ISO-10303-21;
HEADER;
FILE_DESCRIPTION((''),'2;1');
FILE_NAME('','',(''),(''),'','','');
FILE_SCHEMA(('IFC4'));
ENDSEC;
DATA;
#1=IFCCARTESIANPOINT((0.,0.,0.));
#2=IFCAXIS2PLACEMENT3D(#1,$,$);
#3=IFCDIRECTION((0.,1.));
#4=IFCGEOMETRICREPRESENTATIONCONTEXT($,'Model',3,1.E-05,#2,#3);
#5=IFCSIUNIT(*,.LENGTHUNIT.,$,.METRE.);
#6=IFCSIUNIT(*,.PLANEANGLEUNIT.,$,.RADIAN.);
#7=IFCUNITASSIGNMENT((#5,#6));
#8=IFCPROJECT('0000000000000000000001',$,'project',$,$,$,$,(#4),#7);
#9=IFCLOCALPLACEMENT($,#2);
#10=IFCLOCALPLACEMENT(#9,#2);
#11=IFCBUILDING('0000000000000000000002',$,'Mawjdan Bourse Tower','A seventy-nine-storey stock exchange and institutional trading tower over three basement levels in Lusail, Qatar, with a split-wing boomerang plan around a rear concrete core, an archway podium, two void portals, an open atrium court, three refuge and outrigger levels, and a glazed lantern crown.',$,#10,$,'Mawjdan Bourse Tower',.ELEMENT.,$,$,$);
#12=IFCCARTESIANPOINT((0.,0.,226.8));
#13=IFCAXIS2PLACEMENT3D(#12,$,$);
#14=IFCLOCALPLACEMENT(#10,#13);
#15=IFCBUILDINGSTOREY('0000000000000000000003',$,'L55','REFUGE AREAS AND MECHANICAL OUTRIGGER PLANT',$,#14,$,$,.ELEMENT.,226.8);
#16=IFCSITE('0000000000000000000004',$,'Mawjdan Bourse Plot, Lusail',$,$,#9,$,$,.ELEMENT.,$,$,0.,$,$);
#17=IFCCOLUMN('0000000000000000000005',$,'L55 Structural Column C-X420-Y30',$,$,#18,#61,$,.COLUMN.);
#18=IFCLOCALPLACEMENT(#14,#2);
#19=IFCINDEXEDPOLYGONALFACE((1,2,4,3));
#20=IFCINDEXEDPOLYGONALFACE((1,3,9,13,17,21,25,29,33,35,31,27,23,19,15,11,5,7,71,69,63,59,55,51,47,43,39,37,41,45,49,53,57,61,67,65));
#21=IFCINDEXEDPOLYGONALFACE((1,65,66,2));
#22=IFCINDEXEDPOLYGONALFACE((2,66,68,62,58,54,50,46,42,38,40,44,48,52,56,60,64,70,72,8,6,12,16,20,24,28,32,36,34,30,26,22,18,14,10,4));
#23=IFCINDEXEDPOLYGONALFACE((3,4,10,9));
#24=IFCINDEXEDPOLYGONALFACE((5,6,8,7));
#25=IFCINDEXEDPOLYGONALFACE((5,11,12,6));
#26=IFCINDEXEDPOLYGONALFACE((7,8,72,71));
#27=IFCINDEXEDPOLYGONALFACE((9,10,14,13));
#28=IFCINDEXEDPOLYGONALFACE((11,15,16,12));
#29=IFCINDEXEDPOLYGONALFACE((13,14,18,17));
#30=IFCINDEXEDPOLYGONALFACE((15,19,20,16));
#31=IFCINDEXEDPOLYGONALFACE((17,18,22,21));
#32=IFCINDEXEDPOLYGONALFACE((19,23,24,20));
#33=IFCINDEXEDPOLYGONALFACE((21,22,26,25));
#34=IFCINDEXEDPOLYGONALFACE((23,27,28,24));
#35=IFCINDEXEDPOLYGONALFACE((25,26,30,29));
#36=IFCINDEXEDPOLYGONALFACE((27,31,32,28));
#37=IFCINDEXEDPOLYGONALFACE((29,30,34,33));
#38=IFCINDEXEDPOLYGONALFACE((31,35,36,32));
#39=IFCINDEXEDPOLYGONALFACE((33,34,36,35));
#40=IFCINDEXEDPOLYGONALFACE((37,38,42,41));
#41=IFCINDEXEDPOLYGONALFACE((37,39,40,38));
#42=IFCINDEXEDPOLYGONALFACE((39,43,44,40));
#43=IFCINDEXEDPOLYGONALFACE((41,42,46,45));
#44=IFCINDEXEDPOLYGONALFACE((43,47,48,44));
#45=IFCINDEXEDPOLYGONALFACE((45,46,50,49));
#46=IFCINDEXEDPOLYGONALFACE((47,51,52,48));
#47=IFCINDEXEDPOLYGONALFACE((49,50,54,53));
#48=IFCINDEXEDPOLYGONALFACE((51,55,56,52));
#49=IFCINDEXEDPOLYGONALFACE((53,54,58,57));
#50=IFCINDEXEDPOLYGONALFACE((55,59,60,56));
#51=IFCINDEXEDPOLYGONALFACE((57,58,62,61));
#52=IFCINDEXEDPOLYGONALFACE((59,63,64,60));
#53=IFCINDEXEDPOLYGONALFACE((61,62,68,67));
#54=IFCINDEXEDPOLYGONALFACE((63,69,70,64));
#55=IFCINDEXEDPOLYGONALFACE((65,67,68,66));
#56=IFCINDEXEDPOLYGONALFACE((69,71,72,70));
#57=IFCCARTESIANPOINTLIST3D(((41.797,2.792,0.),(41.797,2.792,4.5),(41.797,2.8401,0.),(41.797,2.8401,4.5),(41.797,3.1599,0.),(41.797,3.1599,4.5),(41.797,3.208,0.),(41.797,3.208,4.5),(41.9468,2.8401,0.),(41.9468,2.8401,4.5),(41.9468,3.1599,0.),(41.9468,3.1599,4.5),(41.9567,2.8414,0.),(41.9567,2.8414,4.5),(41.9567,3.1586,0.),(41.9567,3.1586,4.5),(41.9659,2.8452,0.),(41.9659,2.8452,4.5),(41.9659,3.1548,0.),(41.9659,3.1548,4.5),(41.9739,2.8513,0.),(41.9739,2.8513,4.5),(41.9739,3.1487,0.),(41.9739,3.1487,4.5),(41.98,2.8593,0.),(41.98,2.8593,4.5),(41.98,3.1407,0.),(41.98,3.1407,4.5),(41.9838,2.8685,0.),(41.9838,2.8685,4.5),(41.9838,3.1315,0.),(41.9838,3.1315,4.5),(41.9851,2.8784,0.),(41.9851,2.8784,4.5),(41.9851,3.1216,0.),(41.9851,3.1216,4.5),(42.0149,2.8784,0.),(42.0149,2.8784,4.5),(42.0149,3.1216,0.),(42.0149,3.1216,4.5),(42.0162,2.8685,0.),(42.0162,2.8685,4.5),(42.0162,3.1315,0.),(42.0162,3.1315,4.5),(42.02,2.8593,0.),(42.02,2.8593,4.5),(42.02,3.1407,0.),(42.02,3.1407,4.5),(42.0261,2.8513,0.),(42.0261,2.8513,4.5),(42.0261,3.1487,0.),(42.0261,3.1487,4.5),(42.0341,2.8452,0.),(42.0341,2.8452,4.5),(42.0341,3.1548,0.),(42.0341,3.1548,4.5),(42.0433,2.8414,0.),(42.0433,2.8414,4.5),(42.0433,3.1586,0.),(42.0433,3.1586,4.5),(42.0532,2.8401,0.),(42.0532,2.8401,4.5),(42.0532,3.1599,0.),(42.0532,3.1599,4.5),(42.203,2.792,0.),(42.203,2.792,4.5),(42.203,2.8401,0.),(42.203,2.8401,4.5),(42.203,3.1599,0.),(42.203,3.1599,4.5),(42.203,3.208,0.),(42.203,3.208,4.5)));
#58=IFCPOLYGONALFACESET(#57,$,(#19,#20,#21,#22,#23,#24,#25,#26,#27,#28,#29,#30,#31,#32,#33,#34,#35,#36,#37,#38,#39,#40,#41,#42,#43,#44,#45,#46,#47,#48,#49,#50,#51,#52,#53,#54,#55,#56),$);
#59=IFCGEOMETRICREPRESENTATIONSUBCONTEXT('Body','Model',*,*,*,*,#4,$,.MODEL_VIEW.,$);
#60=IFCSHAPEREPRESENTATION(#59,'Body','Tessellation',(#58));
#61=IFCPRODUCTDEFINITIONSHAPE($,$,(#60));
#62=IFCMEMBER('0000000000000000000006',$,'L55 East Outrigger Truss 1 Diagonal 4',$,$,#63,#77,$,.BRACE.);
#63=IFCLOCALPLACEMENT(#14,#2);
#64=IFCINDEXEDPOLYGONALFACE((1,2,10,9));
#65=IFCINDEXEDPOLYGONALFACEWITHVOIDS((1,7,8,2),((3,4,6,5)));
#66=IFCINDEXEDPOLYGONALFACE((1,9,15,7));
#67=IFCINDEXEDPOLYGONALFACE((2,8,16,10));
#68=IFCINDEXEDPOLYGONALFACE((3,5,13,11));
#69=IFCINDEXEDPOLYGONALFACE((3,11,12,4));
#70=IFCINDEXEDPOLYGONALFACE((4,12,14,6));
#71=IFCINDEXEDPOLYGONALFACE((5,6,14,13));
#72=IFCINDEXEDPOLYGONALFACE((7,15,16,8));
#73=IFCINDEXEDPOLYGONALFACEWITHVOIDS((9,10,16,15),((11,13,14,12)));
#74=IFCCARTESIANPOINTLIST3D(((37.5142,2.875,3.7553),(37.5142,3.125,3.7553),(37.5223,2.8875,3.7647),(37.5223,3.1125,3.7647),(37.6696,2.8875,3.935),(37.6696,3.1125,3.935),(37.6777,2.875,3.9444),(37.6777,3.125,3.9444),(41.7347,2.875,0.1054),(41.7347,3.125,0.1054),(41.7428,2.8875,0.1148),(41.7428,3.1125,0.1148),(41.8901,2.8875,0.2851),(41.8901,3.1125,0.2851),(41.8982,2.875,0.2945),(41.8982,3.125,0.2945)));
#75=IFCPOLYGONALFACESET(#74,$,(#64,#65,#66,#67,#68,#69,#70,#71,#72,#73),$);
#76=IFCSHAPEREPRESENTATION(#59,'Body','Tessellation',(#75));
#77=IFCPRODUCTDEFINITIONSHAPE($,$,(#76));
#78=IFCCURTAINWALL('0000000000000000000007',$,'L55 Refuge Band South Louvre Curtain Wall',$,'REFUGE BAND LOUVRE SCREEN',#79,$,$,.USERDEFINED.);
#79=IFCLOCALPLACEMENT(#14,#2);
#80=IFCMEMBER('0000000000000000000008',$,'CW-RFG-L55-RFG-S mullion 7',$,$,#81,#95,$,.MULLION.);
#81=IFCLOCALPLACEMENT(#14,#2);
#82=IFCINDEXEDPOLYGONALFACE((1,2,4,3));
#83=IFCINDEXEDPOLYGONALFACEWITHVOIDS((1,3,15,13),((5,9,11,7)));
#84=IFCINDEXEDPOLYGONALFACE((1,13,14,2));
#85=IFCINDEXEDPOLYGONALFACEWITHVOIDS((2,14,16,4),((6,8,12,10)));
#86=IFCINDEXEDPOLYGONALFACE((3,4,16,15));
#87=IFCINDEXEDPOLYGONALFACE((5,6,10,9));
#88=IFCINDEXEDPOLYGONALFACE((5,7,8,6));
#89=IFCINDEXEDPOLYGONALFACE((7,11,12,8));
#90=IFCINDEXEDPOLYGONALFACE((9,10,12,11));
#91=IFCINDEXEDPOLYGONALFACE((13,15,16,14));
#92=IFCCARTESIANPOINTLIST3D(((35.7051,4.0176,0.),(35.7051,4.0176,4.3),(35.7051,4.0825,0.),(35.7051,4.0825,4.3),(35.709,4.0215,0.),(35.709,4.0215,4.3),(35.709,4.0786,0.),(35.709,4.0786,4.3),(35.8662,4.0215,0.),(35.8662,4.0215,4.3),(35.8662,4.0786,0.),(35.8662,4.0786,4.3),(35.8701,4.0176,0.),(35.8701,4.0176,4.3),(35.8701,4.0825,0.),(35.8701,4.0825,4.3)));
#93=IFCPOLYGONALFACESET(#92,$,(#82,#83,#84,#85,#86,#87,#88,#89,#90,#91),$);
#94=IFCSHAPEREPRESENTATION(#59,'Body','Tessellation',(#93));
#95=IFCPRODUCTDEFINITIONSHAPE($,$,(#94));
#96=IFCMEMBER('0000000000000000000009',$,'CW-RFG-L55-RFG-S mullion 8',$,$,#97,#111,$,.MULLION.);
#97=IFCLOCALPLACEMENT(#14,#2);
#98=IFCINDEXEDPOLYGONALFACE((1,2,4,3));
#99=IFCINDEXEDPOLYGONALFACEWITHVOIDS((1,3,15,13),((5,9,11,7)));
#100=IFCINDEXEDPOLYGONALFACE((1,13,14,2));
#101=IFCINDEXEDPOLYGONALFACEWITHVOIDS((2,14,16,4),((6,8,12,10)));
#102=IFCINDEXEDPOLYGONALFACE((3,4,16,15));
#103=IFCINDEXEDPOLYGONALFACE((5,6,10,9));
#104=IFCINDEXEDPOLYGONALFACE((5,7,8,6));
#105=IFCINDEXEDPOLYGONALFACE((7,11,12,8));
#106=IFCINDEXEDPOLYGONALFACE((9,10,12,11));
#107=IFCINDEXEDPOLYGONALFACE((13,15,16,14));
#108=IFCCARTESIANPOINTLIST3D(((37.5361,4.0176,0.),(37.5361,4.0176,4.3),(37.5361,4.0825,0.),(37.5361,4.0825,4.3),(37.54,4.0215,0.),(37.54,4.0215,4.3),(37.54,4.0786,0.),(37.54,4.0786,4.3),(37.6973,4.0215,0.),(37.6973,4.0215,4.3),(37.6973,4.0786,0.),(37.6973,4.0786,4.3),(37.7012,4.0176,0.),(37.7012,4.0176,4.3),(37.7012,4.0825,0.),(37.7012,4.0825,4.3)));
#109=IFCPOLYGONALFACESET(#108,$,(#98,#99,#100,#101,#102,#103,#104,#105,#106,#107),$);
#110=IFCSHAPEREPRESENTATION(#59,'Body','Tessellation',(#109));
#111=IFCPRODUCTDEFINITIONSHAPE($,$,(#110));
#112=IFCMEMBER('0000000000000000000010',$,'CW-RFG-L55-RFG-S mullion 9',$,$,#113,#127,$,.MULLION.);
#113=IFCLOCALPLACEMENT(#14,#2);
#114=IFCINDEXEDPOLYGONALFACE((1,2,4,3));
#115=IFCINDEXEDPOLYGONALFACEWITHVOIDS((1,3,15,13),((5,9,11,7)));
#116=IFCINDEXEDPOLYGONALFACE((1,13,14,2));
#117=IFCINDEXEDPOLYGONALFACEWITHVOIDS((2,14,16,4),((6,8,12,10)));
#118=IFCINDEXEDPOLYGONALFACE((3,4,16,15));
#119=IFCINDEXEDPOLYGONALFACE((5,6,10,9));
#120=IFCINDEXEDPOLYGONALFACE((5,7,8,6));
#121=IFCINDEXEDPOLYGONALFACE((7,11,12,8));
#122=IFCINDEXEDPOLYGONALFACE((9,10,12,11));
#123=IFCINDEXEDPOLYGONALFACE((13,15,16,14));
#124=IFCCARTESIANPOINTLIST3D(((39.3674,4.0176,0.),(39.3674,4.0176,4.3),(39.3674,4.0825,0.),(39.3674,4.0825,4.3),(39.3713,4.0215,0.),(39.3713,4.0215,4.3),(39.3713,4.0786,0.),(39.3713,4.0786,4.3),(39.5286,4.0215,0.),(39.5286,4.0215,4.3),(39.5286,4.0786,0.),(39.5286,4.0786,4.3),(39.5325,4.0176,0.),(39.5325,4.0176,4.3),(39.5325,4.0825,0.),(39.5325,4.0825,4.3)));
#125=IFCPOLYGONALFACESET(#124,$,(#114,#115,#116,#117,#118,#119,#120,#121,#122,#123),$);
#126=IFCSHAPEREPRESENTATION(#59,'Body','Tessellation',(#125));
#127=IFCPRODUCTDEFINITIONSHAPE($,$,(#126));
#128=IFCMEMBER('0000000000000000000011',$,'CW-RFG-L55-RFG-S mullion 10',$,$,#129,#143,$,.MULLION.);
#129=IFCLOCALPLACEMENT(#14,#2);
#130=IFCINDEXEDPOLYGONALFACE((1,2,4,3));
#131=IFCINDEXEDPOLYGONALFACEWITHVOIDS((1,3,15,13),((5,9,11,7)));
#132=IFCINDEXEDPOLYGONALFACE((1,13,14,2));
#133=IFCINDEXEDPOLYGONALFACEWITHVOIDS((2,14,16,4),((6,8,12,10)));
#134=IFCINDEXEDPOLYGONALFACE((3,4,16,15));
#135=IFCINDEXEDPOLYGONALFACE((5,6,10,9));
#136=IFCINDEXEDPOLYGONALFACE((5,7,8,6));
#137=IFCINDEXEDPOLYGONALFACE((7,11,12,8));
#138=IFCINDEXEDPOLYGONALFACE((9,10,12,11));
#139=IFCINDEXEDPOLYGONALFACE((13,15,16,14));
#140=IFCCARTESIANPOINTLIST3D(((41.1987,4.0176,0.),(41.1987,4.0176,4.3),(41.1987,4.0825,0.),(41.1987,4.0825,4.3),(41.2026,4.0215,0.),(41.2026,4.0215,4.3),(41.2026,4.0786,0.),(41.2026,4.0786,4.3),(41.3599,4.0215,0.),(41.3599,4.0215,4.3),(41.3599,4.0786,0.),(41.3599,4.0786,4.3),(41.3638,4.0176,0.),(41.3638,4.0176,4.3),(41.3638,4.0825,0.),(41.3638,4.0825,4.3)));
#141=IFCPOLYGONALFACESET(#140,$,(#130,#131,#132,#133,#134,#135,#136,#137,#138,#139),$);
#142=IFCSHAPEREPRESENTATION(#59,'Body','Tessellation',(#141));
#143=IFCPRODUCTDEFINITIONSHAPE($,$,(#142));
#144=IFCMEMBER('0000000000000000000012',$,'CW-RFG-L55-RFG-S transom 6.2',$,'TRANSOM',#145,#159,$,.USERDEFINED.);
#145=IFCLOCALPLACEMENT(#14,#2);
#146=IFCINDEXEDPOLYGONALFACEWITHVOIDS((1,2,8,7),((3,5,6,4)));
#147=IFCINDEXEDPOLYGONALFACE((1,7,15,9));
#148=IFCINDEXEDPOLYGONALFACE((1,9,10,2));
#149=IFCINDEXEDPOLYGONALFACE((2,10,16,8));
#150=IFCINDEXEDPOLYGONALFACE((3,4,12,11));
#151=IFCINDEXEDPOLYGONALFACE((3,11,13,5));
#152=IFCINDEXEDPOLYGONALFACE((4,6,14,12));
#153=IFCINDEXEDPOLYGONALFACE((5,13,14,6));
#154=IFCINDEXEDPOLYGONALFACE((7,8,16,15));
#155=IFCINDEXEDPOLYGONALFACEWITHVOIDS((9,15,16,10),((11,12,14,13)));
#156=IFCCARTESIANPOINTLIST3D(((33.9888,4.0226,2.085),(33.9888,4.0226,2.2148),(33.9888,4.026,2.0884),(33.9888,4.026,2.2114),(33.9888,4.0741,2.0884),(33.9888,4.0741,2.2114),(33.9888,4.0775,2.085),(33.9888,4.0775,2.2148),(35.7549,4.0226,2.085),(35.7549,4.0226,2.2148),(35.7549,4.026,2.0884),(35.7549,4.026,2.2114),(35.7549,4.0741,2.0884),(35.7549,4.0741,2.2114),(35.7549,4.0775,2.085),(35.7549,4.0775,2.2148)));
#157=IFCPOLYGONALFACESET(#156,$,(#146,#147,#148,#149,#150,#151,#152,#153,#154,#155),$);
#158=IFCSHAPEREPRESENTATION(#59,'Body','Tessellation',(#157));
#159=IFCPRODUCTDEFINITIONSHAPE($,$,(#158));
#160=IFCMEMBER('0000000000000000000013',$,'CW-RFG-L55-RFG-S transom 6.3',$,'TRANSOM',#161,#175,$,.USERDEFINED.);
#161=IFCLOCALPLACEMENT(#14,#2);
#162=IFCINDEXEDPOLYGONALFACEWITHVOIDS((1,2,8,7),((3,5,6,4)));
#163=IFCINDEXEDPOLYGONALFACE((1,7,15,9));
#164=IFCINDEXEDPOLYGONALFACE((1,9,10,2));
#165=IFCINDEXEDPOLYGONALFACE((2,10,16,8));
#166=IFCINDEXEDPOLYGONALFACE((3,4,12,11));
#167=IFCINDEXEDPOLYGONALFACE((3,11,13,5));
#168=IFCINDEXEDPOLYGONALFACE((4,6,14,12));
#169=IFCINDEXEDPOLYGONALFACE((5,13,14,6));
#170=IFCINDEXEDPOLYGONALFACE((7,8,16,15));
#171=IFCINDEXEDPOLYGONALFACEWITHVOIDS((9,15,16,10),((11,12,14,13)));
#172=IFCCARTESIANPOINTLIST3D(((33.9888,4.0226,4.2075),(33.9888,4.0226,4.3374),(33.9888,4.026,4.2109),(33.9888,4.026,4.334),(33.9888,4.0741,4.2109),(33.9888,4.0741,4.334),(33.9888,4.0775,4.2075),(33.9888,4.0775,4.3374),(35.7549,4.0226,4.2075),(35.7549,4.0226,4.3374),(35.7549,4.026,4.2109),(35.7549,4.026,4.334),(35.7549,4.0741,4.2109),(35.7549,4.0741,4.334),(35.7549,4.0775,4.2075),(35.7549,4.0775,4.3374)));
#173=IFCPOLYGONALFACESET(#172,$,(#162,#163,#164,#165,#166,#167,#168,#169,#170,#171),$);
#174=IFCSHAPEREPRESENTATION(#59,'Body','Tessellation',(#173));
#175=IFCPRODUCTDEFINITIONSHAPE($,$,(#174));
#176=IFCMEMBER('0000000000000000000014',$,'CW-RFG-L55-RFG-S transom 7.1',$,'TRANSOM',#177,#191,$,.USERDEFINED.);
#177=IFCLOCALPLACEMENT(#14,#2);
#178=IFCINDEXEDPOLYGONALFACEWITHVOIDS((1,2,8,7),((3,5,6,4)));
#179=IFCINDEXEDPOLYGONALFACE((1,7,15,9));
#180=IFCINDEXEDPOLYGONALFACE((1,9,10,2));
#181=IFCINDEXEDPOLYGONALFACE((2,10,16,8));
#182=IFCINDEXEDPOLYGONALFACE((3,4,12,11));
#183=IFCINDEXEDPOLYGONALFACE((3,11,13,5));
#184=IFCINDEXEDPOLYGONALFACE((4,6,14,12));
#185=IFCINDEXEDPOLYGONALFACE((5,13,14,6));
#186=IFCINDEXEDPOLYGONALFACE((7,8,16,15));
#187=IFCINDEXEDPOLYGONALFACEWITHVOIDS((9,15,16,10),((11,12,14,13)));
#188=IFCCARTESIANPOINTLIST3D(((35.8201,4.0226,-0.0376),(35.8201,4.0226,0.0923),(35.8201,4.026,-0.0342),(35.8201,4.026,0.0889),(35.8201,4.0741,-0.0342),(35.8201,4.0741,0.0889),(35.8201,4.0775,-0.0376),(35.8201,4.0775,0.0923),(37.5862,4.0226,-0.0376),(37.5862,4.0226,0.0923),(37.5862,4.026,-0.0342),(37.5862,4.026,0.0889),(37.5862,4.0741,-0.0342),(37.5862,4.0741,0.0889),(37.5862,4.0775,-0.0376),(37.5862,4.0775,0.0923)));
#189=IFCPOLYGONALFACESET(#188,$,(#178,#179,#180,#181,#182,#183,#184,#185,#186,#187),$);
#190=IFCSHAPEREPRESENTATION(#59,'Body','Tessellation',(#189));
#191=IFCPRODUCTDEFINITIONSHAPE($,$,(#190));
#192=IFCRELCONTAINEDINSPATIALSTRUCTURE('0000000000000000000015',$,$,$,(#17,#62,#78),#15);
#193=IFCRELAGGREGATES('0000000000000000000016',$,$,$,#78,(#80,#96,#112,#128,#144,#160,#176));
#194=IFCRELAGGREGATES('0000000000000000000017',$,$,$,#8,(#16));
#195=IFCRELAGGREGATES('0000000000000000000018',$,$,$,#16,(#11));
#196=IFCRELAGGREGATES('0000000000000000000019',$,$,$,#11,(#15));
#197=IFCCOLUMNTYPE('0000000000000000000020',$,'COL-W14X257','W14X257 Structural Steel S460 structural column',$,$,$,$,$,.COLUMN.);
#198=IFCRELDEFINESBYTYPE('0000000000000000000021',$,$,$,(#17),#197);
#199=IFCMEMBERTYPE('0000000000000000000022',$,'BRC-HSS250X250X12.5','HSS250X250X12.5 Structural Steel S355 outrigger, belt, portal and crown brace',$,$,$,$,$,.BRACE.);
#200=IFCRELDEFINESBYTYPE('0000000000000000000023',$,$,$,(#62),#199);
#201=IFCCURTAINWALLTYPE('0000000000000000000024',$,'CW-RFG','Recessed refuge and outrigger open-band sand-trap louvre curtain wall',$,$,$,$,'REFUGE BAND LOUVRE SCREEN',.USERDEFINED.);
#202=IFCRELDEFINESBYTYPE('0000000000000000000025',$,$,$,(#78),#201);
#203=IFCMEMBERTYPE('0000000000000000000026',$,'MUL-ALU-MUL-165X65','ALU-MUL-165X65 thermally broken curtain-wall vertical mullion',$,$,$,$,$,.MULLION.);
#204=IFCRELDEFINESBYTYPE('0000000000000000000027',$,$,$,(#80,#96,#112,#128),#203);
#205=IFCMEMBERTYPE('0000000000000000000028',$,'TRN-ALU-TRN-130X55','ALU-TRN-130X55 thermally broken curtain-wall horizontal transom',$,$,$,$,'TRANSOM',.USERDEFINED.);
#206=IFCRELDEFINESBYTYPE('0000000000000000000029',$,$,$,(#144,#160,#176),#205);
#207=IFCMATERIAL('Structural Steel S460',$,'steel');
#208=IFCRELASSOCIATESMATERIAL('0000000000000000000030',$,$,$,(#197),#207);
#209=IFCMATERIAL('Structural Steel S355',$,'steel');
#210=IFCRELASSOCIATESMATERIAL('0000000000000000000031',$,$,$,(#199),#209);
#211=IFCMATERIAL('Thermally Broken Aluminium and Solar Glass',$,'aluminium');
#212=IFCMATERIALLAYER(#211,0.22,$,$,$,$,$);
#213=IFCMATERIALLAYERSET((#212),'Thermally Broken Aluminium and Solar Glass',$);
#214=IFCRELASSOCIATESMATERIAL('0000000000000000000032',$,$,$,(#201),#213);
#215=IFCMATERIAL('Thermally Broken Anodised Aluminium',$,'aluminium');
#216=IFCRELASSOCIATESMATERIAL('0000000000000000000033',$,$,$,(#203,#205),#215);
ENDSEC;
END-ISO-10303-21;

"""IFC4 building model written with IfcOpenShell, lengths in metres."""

from ifc_helpers import new_model, si_unit, direction, frame, origin, origin_2d, place, context, subcontext, project, spatial, hollow_rectangle, i_section, extrude, material, layer, layer_set, material_profile, profile_set, type_object, element, aggregate, save


model = new_model("IFC4")

# Units and contexts
model_context = context("Model", 3, precision=1e-05, world=origin(), true_north=direction((0.0, 1.0)))
body_context = subcontext(model_context, "Body", "Model", "MODEL_VIEW")
ifc_project = project(units=[si_unit("LENGTHUNIT", "METRE"), si_unit("PLANEANGLEUNIT", "RADIAN")], contexts=[model_context])

# Site, building, storey
site_placement = place(None, origin())
site = spatial("IfcSite", under=ifc_project, at=site_placement, Name="Mawjdan Bourse Plot, Lusail", CompositionType="ELEMENT", RefElevation=0.0)
building_placement = place(site_placement, origin())
building = spatial("IfcBuilding", under=site, at=building_placement, Name="Mawjdan Bourse Tower", Description="A seventy-nine-storey stock exchange and institutional trading tower over three basement levels in Lusail, Qatar, with a split-wing boomerang plan around a rear concrete core, an archway podium, two void portals, an open atrium court, three refuge and outrigger levels, and a glazed lantern crown.", LongName="Mawjdan Bourse Tower", CompositionType="ELEMENT")
storey_placement = place(building_placement, frame((0.0, 0.0, 226.8)))
storey = spatial("IfcBuildingStorey", under=building, at=storey_placement, Name="L55", Description="REFUGE AREAS AND MECHANICAL OUTRIGGER PLANT", CompositionType="ELEMENT", Elevation=226.8)

# Column
ifc_material_1 = material(Name="Structural Steel S460", Category="steel")
ifc_material_profile_1 = material_profile(ifc_material_1, i_section(OverallWidth=0.406, OverallDepth=0.416, WebThickness=0.0298, FlangeThickness=0.0481, FilletRadius=0.0383, at=origin_2d()), Name="W14X257")
ifc_profile_set_1 = profile_set([ifc_material_profile_1], Name="Structural Steel S460")
column_type = type_object("IfcColumnType", Name="COL-W14X257", Description="W14X257 Structural Steel S460 structural column", PredefinedType="COLUMN", material=ifc_profile_set_1)
column_placement = place(storey_placement, frame((42.0, 3.0, 0.0), z_axis=(0.0, 0.0, 1.0), x_axis=(1.0, 0.0, 0.0)))
element("IfcColumn", 1, at=column_placement, inside=storey, type_object=column_type, Name="L55 Structural Column C-X420-Y30", PredefinedType="COLUMN", context=body_context, shape_type="SweptSolid", body=[
    extrude(i_section(OverallWidth=0.406, OverallDepth=0.416, WebThickness=0.0298, FlangeThickness=0.0481, FilletRadius=0.0383, at=origin_2d()), origin(), (0.0, 0.0, 1.0), 4.5),
])

# Member
ifc_material_2 = material(Name="Structural Steel S355", Category="steel")
ifc_material_profile_2 = material_profile(ifc_material_2, hollow_rectangle(XDim=0.25, YDim=0.25, WallThickness=0.0125, at=origin_2d()), Name="HSS250X250X12.5")
ifc_profile_set_2 = profile_set([ifc_material_profile_2], Name="Structural Steel S355")
member_type_1 = type_object("IfcMemberType", Name="BRC-HSS250X250X12.5", Description="HSS250X250X12.5 Structural Steel S355 outrigger, belt, portal and crown brace", PredefinedType="BRACE", material=ifc_profile_set_2)
member_1_placement = place(storey_placement, frame((37.5959, 3.0, 3.8499), z_axis=(0.756383, 0.0, -0.654129), x_axis=(0.0, 1.0, 0.0)))
element("IfcMember", 2, at=member_1_placement, inside=storey, type_object=member_type_1, Name="L55 East Outrigger Truss 1 Diagonal 4", PredefinedType="BRACE", context=body_context, shape_type="SweptSolid", body=[
    extrude(hollow_rectangle(XDim=0.25, YDim=0.25, WallThickness=0.0125, at=origin_2d()), origin(), (0.0, 0.0, 1.0), 5.5798),
])

# Curtain wall, members
ifc_material_3 = material(Name="Thermally Broken Aluminium and Solar Glass", Category="aluminium")
ifc_layer_1 = layer(ifc_material_3, 0.22)
ifc_layer_set_1 = layer_set([ifc_layer_1], Name="Thermally Broken Aluminium and Solar Glass")
curtain_wall_type = type_object("IfcCurtainWallType", Name="CW-RFG", Description="Recessed refuge and outrigger open-band sand-trap louvre curtain wall", ElementType="REFUGE BAND LOUVRE SCREEN", PredefinedType="USERDEFINED", material=ifc_layer_set_1)
curtain_wall_placement = place(storey_placement, origin())
curtain_wall = element("IfcCurtainWall", 3, at=curtain_wall_placement, inside=storey, type_object=curtain_wall_type, Name="L55 Refuge Band South Louvre Curtain Wall", ObjectType="REFUGE BAND LOUVRE SCREEN", PredefinedType="USERDEFINED")
ifc_material_4 = material(Name="Thermally Broken Anodised Aluminium", Category="aluminium")
ifc_material_profile_3 = material_profile(ifc_material_4, hollow_rectangle(XDim=0.0649, YDim=0.165, WallThickness=0.0039, at=origin_2d()), Name="ALU-MUL-165X65")
ifc_profile_set_3 = profile_set([ifc_material_profile_3], Name="Thermally Broken Anodised Aluminium")
member_type_2 = type_object("IfcMemberType", Name="MUL-ALU-MUL-165X65", Description="ALU-MUL-165X65 thermally broken curtain-wall vertical mullion", PredefinedType="MULLION", material=ifc_profile_set_3)
member_2_placement = place(storey_placement, frame((35.7876, 4.05, 0.0), z_axis=(0.0, 0.0, 1.0), x_axis=(0.0, 1.0, 0.0)))
member_2 = element("IfcMember", 4, at=member_2_placement, type_object=member_type_2, Name="CW-RFG-L55-RFG-S mullion 7", PredefinedType="MULLION", context=body_context, shape_type="SweptSolid", body=[
    extrude(hollow_rectangle(XDim=0.0649, YDim=0.165, WallThickness=0.0039, at=origin_2d()), origin(), (0.0, 0.0, 1.0), 4.3),
])
member_3_placement = place(storey_placement, frame((37.6187, 4.05, 0.0), z_axis=(0.0, 0.0, 1.0), x_axis=(0.0, 1.0, 0.0)))
member_3 = element("IfcMember", 5, at=member_3_placement, type_object=member_type_2, Name="CW-RFG-L55-RFG-S mullion 8", PredefinedType="MULLION", context=body_context, shape_type="SweptSolid", body=[
    extrude(hollow_rectangle(XDim=0.0649, YDim=0.165, WallThickness=0.0039, at=origin_2d()), origin(), (0.0, 0.0, 1.0), 4.3),
])
member_4_placement = place(storey_placement, frame((39.45, 4.05, 0.0), z_axis=(0.0, 0.0, 1.0), x_axis=(0.0, 1.0, 0.0)))
member_4 = element("IfcMember", 6, at=member_4_placement, type_object=member_type_2, Name="CW-RFG-L55-RFG-S mullion 9", PredefinedType="MULLION", context=body_context, shape_type="SweptSolid", body=[
    extrude(hollow_rectangle(XDim=0.0649, YDim=0.165, WallThickness=0.0039, at=origin_2d()), origin(), (0.0, 0.0, 1.0), 4.3),
])
member_5_placement = place(storey_placement, frame((41.2812, 4.05, 0.0), z_axis=(0.0, 0.0, 1.0), x_axis=(0.0, 1.0, 0.0)))
member_5 = element("IfcMember", 7, at=member_5_placement, type_object=member_type_2, Name="CW-RFG-L55-RFG-S mullion 10", PredefinedType="MULLION", context=body_context, shape_type="SweptSolid", body=[
    extrude(hollow_rectangle(XDim=0.0649, YDim=0.165, WallThickness=0.0039, at=origin_2d()), origin(), (0.0, 0.0, 1.0), 4.3),
])
ifc_material_profile_4 = material_profile(ifc_material_4, hollow_rectangle(XDim=0.0549, YDim=0.1299, WallThickness=0.0034, at=origin_2d()), Name="ALU-TRN-130X55")
ifc_profile_set_4 = profile_set([ifc_material_profile_4], Name="Thermally Broken Anodised Aluminium")
member_type_3 = type_object("IfcMemberType", Name="TRN-ALU-TRN-130X55", Description="ALU-TRN-130X55 thermally broken curtain-wall horizontal transom", ElementType="TRANSOM", PredefinedType="USERDEFINED", material=ifc_profile_set_4)
member_6_placement = place(storey_placement, frame((33.9888, 4.05, 2.1499), z_axis=(1.0, 0.0, 0.0), x_axis=(0.0, 1.0, 0.0)))
member_6 = element("IfcMember", 8, at=member_6_placement, type_object=member_type_3, Name="CW-RFG-L55-RFG-S transom 6.2", ObjectType="TRANSOM", PredefinedType="USERDEFINED", context=body_context, shape_type="SweptSolid", body=[
    extrude(hollow_rectangle(XDim=0.0549, YDim=0.1299, WallThickness=0.0034, at=origin_2d()), origin(), (0.0, 0.0, 1.0), 1.7661),
])
member_7_placement = place(storey_placement, frame((33.9888, 4.05, 4.2725), z_axis=(1.0, 0.0, 0.0), x_axis=(0.0, 1.0, 0.0)))
member_7 = element("IfcMember", 9, at=member_7_placement, type_object=member_type_3, Name="CW-RFG-L55-RFG-S transom 6.3", ObjectType="TRANSOM", PredefinedType="USERDEFINED", context=body_context, shape_type="SweptSolid", body=[
    extrude(hollow_rectangle(XDim=0.0549, YDim=0.1299, WallThickness=0.0034, at=origin_2d()), origin(), (0.0, 0.0, 1.0), 1.7661),
])
member_8_placement = place(storey_placement, frame((35.8201, 4.05, 0.0273), z_axis=(1.0, 0.0, 0.0), x_axis=(0.0, 1.0, 0.0)))
member_8 = element("IfcMember", 10, at=member_8_placement, type_object=member_type_3, Name="CW-RFG-L55-RFG-S transom 7.1", ObjectType="TRANSOM", PredefinedType="USERDEFINED", context=body_context, shape_type="SweptSolid", body=[
    extrude(hollow_rectangle(XDim=0.0549, YDim=0.1299, WallThickness=0.0034, at=origin_2d()), origin(), (0.0, 0.0, 1.0), 1.7661),
])

aggregate(curtain_wall, [member_2, member_3, member_4, member_5, member_6, member_7, member_8])

save(model, "model.ifc")
